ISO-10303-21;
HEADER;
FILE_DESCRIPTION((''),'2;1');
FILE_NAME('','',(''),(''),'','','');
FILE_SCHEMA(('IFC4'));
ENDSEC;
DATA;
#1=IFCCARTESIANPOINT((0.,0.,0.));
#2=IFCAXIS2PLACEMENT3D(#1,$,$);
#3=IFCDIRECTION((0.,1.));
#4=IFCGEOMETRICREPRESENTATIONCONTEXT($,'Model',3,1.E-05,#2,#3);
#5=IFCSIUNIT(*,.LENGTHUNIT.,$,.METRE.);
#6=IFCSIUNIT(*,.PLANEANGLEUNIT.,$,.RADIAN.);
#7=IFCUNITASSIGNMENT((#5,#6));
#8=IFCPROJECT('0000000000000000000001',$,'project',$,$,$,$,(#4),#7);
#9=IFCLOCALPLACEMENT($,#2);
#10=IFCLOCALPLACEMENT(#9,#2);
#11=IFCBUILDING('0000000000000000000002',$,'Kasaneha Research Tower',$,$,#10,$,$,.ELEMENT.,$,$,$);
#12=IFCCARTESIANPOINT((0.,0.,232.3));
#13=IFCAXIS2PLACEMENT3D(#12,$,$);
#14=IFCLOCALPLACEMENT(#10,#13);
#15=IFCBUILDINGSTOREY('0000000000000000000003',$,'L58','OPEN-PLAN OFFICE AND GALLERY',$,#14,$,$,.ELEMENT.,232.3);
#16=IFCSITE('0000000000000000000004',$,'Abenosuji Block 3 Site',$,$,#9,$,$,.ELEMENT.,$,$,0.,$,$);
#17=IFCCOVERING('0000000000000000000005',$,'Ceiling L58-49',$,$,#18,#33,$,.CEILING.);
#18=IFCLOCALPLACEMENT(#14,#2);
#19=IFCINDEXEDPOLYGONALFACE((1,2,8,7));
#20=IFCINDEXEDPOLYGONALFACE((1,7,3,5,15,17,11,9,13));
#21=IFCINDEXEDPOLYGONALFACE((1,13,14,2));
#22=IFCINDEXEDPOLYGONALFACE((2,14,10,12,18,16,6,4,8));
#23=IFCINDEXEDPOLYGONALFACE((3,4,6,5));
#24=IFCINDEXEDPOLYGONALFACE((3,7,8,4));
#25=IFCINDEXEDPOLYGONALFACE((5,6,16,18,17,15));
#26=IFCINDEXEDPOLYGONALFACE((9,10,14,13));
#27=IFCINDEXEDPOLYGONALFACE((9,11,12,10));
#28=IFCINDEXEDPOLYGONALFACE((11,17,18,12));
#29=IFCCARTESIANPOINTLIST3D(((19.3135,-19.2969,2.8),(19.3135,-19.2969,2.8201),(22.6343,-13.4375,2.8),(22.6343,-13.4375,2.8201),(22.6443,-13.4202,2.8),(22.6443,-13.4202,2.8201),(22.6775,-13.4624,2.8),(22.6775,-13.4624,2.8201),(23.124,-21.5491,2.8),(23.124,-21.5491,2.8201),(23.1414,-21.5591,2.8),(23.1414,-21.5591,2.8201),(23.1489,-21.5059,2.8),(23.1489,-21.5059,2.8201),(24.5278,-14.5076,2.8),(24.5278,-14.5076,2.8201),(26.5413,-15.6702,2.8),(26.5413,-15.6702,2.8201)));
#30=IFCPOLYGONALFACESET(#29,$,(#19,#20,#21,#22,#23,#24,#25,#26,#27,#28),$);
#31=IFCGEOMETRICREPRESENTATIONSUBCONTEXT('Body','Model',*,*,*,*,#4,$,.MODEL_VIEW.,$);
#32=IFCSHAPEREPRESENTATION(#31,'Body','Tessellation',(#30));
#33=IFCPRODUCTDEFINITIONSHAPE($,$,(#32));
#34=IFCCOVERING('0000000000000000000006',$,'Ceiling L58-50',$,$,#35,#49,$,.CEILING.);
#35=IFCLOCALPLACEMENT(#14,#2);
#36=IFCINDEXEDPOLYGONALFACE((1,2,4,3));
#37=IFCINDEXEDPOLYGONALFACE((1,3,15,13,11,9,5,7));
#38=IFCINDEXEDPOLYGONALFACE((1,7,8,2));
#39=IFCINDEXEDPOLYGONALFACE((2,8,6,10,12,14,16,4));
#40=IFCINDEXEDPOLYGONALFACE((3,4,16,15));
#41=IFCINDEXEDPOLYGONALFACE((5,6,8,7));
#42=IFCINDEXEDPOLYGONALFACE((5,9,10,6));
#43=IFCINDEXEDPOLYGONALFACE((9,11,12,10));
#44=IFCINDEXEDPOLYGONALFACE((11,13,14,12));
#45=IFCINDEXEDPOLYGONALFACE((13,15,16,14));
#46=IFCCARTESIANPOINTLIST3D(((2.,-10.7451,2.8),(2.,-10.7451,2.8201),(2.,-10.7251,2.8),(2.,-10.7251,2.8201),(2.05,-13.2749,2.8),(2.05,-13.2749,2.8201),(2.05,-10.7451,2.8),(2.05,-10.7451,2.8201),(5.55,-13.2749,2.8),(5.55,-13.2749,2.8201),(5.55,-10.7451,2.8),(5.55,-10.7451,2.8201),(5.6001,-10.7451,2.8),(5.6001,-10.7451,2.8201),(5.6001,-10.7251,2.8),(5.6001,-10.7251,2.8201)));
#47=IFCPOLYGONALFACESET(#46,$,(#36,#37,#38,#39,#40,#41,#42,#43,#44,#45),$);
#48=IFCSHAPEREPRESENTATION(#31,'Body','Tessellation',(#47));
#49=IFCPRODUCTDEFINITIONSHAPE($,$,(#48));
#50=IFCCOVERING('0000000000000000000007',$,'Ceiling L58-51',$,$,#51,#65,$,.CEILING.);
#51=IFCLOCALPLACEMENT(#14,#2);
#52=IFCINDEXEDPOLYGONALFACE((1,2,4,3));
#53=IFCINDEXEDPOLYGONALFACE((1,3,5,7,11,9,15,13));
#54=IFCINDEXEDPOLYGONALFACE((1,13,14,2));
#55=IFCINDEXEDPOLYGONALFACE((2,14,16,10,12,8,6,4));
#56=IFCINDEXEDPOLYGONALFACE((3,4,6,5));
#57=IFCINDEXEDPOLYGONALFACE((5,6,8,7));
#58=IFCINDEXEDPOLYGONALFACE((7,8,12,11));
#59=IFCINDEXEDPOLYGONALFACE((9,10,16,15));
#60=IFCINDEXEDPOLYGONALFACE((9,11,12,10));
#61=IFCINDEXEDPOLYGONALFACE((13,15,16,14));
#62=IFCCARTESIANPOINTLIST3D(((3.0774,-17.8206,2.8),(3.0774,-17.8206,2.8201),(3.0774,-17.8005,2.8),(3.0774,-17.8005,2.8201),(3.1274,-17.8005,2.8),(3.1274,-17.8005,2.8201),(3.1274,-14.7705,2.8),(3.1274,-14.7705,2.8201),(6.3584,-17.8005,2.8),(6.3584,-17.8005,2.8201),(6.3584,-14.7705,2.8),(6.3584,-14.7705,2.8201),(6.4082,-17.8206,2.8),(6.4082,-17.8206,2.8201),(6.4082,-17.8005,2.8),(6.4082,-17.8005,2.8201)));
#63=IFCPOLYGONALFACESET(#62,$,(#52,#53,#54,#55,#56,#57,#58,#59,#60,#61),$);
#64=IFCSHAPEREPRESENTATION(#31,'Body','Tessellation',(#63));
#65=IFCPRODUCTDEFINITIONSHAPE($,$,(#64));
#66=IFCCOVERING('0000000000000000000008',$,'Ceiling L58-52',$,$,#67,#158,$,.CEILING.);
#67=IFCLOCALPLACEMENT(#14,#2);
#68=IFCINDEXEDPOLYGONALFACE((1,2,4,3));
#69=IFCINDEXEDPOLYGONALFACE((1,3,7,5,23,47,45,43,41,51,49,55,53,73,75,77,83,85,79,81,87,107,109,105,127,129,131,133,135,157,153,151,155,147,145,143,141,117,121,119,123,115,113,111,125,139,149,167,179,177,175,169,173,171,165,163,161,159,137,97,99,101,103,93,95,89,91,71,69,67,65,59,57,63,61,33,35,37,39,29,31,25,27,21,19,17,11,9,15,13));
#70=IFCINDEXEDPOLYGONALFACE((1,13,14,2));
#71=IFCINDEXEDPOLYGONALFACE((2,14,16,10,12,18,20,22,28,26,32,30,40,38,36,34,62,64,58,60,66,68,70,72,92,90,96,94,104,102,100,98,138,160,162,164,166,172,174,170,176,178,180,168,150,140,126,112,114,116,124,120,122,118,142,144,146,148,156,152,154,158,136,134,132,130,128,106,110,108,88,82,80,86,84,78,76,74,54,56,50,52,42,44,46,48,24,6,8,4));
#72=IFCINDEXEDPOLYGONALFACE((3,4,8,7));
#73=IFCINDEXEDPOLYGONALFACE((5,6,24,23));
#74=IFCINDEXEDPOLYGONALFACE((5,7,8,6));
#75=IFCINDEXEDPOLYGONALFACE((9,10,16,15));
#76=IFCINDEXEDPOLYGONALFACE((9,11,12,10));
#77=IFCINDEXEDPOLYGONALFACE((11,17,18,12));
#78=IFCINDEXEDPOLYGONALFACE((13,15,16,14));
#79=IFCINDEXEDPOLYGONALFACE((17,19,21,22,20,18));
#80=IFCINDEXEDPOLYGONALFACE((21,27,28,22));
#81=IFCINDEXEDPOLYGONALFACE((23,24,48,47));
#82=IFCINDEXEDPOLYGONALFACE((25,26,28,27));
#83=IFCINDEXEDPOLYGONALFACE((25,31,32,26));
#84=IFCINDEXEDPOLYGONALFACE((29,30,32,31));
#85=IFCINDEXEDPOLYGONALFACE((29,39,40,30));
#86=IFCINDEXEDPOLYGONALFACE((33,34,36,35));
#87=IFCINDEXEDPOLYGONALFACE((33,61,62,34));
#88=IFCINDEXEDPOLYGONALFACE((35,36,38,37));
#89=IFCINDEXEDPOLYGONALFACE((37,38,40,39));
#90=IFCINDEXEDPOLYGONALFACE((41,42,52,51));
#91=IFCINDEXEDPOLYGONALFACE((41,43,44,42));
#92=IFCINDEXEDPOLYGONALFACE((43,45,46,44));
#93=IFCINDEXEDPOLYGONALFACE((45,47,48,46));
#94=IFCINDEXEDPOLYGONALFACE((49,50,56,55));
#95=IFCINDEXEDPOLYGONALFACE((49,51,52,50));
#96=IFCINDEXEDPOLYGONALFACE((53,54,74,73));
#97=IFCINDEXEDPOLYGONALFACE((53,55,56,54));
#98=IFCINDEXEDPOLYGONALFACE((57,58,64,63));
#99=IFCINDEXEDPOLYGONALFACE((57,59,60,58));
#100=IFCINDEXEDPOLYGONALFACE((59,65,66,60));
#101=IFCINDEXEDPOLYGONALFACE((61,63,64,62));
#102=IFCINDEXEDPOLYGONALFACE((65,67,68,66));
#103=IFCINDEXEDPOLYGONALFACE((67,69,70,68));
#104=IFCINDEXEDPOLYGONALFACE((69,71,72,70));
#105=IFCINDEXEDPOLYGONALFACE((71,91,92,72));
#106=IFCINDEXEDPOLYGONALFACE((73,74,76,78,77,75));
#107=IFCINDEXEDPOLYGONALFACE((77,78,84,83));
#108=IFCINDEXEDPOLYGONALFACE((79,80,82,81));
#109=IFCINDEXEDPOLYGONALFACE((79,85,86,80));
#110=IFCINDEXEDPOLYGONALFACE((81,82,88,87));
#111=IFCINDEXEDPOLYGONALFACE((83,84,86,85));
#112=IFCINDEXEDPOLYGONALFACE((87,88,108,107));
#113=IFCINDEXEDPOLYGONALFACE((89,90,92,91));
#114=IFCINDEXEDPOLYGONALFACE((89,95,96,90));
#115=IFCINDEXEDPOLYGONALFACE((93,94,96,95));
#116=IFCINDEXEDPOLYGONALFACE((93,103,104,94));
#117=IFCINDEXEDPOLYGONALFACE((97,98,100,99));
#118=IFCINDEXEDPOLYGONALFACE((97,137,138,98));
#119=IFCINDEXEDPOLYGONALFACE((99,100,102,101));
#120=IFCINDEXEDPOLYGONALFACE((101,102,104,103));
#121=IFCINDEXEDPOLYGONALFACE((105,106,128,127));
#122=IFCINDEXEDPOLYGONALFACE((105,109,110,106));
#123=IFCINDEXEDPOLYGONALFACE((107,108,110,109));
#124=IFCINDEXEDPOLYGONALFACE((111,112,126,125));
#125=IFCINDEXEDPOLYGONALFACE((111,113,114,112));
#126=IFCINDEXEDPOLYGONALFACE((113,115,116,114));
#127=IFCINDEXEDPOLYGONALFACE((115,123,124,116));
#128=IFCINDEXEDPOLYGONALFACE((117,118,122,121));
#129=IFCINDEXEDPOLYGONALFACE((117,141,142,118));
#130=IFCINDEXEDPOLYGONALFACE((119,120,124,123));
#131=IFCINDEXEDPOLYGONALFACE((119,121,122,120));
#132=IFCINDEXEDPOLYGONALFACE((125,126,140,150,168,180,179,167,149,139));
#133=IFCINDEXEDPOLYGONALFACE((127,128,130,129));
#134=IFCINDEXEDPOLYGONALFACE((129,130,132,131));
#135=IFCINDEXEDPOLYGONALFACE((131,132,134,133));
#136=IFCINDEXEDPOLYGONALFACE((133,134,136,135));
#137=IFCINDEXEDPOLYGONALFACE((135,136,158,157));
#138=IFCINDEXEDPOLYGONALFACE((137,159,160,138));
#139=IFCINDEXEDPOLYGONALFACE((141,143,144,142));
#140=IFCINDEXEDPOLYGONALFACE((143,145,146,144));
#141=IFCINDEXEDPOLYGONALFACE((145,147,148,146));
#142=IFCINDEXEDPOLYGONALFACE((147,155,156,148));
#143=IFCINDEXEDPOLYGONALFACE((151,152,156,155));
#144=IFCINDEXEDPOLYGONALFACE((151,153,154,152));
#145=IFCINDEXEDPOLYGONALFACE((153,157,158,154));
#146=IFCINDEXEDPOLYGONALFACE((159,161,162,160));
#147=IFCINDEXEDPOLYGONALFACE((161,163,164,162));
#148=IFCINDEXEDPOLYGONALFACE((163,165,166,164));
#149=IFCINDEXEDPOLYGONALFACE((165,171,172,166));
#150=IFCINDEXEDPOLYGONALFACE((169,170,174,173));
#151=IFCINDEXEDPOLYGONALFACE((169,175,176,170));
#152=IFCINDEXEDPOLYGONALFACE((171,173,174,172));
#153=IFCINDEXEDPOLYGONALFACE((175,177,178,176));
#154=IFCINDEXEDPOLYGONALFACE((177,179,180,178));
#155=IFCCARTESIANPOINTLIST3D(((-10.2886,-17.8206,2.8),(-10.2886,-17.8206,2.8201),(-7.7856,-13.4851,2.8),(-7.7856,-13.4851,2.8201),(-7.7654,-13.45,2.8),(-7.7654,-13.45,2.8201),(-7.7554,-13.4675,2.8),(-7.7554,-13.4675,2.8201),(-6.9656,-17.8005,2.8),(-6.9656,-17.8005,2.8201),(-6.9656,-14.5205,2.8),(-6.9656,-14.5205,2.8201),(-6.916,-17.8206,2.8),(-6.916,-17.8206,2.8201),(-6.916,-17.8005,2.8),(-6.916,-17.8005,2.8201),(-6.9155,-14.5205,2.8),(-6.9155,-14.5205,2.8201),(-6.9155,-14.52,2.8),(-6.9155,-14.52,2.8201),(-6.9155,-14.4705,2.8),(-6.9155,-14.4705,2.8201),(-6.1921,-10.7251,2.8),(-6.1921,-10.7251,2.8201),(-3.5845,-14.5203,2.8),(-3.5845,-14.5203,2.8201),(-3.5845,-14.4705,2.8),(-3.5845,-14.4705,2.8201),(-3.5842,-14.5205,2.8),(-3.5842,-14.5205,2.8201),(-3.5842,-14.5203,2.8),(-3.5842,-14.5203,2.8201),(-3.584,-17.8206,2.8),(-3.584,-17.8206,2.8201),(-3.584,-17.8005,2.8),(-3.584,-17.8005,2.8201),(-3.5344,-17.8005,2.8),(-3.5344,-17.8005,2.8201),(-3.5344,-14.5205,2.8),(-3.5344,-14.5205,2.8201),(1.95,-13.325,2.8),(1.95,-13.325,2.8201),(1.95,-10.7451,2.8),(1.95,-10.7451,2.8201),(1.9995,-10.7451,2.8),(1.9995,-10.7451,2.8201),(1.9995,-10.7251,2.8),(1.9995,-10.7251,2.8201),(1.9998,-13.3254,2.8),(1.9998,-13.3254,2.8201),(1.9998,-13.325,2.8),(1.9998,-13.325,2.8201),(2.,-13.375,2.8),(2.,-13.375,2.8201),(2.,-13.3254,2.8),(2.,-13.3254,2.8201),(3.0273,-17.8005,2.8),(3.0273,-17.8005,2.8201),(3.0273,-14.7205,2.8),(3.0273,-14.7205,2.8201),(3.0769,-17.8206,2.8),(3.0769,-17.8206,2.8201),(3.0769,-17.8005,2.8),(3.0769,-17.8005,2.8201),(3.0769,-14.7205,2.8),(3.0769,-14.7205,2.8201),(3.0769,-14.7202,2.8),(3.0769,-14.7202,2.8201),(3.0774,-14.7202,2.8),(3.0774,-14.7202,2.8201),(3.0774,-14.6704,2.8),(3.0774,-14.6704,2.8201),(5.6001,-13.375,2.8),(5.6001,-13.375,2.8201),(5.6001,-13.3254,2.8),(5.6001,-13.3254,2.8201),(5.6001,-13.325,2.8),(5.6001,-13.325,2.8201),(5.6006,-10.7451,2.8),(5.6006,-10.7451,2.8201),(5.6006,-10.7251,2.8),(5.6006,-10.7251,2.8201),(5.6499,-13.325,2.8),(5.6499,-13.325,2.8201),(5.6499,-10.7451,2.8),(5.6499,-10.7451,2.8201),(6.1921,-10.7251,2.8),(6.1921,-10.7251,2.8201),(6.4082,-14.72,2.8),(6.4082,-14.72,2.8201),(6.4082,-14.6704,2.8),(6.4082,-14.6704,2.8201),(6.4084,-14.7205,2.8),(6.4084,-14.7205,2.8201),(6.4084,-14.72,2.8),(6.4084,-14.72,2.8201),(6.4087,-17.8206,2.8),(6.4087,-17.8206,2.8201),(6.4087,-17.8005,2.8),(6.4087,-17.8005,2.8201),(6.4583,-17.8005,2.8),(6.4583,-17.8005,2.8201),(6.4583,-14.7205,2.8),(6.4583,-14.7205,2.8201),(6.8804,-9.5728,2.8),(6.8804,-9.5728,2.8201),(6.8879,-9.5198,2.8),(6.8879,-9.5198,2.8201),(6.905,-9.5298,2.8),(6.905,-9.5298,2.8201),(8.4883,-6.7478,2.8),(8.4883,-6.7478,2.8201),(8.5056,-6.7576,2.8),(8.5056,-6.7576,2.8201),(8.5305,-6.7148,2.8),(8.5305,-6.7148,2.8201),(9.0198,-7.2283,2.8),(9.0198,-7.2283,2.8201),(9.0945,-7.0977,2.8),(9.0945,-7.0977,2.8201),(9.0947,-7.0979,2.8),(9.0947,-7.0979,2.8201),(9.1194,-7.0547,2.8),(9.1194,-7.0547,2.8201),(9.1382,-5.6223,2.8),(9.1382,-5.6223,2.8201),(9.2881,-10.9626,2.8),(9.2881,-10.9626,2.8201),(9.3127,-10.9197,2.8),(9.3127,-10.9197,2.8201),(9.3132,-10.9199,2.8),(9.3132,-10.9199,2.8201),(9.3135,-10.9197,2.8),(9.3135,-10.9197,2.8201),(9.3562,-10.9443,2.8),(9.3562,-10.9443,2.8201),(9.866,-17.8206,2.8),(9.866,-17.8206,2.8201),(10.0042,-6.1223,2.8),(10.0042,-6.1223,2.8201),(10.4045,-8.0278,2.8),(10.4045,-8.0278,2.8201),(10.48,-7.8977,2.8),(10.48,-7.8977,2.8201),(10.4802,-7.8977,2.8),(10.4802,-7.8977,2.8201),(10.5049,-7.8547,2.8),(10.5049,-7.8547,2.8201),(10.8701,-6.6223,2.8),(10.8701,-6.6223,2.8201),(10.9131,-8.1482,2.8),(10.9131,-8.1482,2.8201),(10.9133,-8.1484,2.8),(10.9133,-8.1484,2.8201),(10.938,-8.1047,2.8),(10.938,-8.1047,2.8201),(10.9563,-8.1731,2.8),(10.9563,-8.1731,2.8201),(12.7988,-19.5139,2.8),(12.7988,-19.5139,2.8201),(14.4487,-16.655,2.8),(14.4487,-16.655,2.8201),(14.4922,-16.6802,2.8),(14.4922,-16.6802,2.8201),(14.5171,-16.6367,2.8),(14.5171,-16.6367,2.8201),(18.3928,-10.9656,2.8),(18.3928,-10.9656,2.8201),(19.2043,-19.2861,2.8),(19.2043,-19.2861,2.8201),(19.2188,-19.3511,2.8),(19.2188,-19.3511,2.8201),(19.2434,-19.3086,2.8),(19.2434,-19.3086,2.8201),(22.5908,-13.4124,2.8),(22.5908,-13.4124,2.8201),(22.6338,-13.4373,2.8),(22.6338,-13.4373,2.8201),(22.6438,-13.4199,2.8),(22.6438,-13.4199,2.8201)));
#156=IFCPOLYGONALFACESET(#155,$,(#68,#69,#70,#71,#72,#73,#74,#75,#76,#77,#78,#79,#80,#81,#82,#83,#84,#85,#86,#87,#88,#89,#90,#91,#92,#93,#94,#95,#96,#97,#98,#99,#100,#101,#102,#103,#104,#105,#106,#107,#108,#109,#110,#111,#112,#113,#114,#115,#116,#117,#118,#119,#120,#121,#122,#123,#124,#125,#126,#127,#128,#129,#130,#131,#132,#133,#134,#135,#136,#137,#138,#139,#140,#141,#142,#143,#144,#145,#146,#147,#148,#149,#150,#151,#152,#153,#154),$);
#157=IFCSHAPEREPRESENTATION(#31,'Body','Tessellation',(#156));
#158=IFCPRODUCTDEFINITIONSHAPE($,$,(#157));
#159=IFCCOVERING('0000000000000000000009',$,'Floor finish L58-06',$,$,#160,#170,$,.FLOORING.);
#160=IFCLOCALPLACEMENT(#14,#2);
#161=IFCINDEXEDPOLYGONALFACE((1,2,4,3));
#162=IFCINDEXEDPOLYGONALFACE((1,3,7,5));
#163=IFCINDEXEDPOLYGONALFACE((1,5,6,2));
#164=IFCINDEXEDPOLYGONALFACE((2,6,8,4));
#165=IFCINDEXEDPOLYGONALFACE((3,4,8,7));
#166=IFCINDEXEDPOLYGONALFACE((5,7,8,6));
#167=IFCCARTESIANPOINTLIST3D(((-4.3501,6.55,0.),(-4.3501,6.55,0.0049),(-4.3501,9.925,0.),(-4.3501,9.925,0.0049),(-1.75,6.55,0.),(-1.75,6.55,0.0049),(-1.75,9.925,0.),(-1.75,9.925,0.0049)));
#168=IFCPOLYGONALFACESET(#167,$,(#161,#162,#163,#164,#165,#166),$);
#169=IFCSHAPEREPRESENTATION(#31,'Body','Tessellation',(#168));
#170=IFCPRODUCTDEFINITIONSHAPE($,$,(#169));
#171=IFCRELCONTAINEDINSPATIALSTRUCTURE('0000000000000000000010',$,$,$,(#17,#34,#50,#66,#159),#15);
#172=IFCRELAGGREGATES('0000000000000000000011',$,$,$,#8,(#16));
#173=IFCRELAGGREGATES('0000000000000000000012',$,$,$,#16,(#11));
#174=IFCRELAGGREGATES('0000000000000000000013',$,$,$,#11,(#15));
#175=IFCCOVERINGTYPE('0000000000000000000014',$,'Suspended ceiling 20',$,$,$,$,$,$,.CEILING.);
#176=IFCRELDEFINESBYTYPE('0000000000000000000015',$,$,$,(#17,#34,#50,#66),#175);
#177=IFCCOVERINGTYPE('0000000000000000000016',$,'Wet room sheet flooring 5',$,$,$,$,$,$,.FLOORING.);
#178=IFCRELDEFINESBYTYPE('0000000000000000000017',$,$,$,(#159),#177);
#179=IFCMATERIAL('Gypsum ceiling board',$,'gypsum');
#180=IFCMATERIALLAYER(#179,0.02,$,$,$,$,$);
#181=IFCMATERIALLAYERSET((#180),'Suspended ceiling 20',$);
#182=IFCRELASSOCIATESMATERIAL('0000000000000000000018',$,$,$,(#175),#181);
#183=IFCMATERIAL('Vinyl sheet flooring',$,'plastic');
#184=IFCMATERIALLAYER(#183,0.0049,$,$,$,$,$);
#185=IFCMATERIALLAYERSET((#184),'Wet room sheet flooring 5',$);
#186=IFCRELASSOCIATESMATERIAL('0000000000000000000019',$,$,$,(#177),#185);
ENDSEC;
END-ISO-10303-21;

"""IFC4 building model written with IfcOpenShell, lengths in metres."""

from ifc_helpers import new_model, si_unit, direction, frame, origin, place, context, subcontext, project, spatial, polyline, outline, extrude, material, layer, layer_set, type_object, element, save


model = new_model("IFC4")

# Units and contexts
model_context = context("Model", 3, precision=1e-05, world=origin(), true_north=direction((0.0, 1.0)))
body_context = subcontext(model_context, "Body", "Model", "MODEL_VIEW")
ifc_project = project(units=[si_unit("LENGTHUNIT", "METRE"), si_unit("PLANEANGLEUNIT", "RADIAN")], contexts=[model_context])

# Site, building, storey
site_placement = place(None, origin())
site = spatial("IfcSite", under=ifc_project, at=site_placement, Name="Abenosuji Block 3 Site", CompositionType="ELEMENT", RefElevation=0.0)
building_placement = place(site_placement, origin())
building = spatial("IfcBuilding", under=site, at=building_placement, Name="Kasaneha Research Tower", CompositionType="ELEMENT")
storey_placement = place(building_placement, frame((0.0, 0.0, 232.3)))
storey = spatial("IfcBuildingStorey", under=building, at=storey_placement, Name="L58", Description="OPEN-PLAN OFFICE AND GALLERY", CompositionType="ELEMENT", Elevation=232.3)

# Coverings
ifc_material_1 = material(Name="Gypsum ceiling board", Category="gypsum")
ifc_layer_1 = layer(ifc_material_1, 0.02)
ifc_layer_set_1 = layer_set([ifc_layer_1], Name="Suspended ceiling 20")
covering_type_1 = type_object("IfcCoveringType", Name="Suspended ceiling 20", PredefinedType="CEILING", material=ifc_layer_set_1)
covering_1_placement = place(storey_placement, frame((0.0, 0.0, 2.8)))
element("IfcCovering", 1, at=covering_1_placement, inside=storey, type_object=covering_type_1, Name="Ceiling L58-49", PredefinedType="CEILING", context=body_context, shape_type="SweptSolid", body=[
    extrude(outline(polyline([(23.1414, -21.5591), (23.124, -21.5491), (23.1489, -21.5059), (19.3135, -19.2969), (22.6775, -13.4624), (22.6343, -13.4375), (22.6443, -13.4202), (24.5278, -14.5076), (26.5413, -15.6702), (23.1414, -21.5591)])), origin(), (0.0, 0.0, 1.0), 0.02),
])
covering_2_placement = place(storey_placement, frame((0.0, 0.0, 2.8)))
element("IfcCovering", 2, at=covering_2_placement, inside=storey, type_object=covering_type_1, Name="Ceiling L58-50", PredefinedType="CEILING", context=body_context, shape_type="SweptSolid", body=[
    extrude(outline(polyline([(5.6001, -10.7251), (5.6001, -10.7451), (5.55, -10.7451), (5.55, -13.2749), (2.05, -13.2749), (2.05, -10.7451), (2.0, -10.7451), (2.0, -10.7251), (5.6001, -10.7251)])), origin(), (0.0, 0.0, 1.0), 0.02),
])
covering_3_placement = place(storey_placement, frame((0.0, 0.0, 2.8)))
element("IfcCovering", 3, at=covering_3_placement, inside=storey, type_object=covering_type_1, Name="Ceiling L58-51", PredefinedType="CEILING", context=body_context, shape_type="SweptSolid", body=[
    extrude(outline(polyline([(3.0774, -17.8206), (3.0774, -17.8005), (3.1274, -17.8005), (3.1274, -14.7705), (6.3584, -14.7705), (6.3584, -17.8005), (6.4082, -17.8005), (6.4082, -17.8206), (3.0774, -17.8206)])), origin(), (0.0, 0.0, 1.0), 0.02),
])
covering_4_placement = place(storey_placement, frame((0.0, 0.0, 2.8)))
element("IfcCovering", 4, at=covering_4_placement, inside=storey, type_object=covering_type_1, Name="Ceiling L58-52", PredefinedType="CEILING", context=body_context, shape_type="SweptSolid", body=[
    extrude(outline(polyline([(1.9995, -10.7451), (1.95, -10.7451), (1.95, -13.325), (1.9998, -13.325), (1.9998, -13.3254), (2.0, -13.3254), (2.0, -13.375), (5.6001, -13.375), (5.6001, -13.3254), (5.6001, -13.3254), (5.6001, -13.325), (5.6499, -13.325), (5.6499, -10.7451), (5.6006, -10.7451), (5.6006, -10.7251), (6.1921, -10.7251), (6.8879, -9.5198), (6.905, -9.5298), (6.8804, -9.5728), (9.2881, -10.9626), (9.3127, -10.9197), (9.3132, -10.9199), (9.3135, -10.9197), (9.3562, -10.9443), (10.9563, -8.1731), (10.9133, -8.1484), (10.9133, -8.1484), (10.9131, -8.1482), (10.938, -8.1047), (10.5049, -7.8547), (10.4802, -7.8977), (10.48, -7.8977), (10.4045, -8.0278), (9.0198, -7.2283), (9.0947, -7.0979), (9.0945, -7.0977), (9.1194, -7.0547), (8.5305, -6.7148), (8.5056, -6.7576), (8.4883, -6.7478), (9.1382, -5.6223), (10.0042, -6.1223), (10.0042, -6.1223), (10.8701, -6.6223), (10.8701, -6.6223), (18.3928, -10.9656), (22.6438, -13.4199), (22.6338, -13.4373), (22.5908, -13.4124), (19.2043, -19.2861), (19.2434, -19.3086), (19.2188, -19.3511), (14.5171, -16.6367), (14.4922, -16.6802), (14.4487, -16.655), (12.7988, -19.5139), (9.866, -17.8206), (6.4087, -17.8206), (6.4087, -17.8005), (6.4583, -17.8005), (6.4583, -14.7205), (6.4084, -14.7205), (6.4084, -14.72), (6.4082, -14.72), (6.4082, -14.6704), (3.0774, -14.6704), (3.0774, -14.7202), (3.0769, -14.7202), (3.0769, -14.7205), (3.0273, -14.7205), (3.0273, -17.8005), (3.0769, -17.8005), (3.0769, -17.8206), (-3.584, -17.8206), (-3.584, -17.8005), (-3.5344, -17.8005), (-3.5344, -14.5205), (-3.5842, -14.5205), (-3.5842, -14.5203), (-3.5845, -14.5203), (-3.5845, -14.4705), (-6.9155, -14.4705), (-6.9155, -14.52), (-6.9155, -14.52), (-6.9155, -14.5205), (-6.9656, -14.5205), (-6.9656, -17.8005), (-6.916, -17.8005), (-6.916, -17.8206), (-10.2886, -17.8206), (-7.7856, -13.4851), (-7.7554, -13.4675), (-7.7654, -13.45), (-6.1921, -10.7251), (1.9995, -10.7251), (1.9995, -10.7451)])), origin(), (0.0, 0.0, 1.0), 0.02),
])
ifc_material_2 = material(Name="Vinyl sheet flooring", Category="plastic")
ifc_layer_2 = layer(ifc_material_2, 0.0049)
ifc_layer_set_2 = layer_set([ifc_layer_2], Name="Wet room sheet flooring 5")
covering_type_2 = type_object("IfcCoveringType", Name="Wet room sheet flooring 5", PredefinedType="FLOORING", material=ifc_layer_set_2)
covering_5_placement = place(storey_placement, origin())
element("IfcCovering", 5, at=covering_5_placement, inside=storey, type_object=covering_type_2, Name="Floor finish L58-06", PredefinedType="FLOORING", context=body_context, shape_type="SweptSolid", body=[
    extrude(outline(polyline([(-1.75, 9.925), (-1.75, 6.55), (-4.3501, 6.55), (-4.3501, 9.925), (-1.75, 9.925)])), origin(), (0.0, 0.0, 1.0), 0.0049),
])

save(model, "model.ifc")
